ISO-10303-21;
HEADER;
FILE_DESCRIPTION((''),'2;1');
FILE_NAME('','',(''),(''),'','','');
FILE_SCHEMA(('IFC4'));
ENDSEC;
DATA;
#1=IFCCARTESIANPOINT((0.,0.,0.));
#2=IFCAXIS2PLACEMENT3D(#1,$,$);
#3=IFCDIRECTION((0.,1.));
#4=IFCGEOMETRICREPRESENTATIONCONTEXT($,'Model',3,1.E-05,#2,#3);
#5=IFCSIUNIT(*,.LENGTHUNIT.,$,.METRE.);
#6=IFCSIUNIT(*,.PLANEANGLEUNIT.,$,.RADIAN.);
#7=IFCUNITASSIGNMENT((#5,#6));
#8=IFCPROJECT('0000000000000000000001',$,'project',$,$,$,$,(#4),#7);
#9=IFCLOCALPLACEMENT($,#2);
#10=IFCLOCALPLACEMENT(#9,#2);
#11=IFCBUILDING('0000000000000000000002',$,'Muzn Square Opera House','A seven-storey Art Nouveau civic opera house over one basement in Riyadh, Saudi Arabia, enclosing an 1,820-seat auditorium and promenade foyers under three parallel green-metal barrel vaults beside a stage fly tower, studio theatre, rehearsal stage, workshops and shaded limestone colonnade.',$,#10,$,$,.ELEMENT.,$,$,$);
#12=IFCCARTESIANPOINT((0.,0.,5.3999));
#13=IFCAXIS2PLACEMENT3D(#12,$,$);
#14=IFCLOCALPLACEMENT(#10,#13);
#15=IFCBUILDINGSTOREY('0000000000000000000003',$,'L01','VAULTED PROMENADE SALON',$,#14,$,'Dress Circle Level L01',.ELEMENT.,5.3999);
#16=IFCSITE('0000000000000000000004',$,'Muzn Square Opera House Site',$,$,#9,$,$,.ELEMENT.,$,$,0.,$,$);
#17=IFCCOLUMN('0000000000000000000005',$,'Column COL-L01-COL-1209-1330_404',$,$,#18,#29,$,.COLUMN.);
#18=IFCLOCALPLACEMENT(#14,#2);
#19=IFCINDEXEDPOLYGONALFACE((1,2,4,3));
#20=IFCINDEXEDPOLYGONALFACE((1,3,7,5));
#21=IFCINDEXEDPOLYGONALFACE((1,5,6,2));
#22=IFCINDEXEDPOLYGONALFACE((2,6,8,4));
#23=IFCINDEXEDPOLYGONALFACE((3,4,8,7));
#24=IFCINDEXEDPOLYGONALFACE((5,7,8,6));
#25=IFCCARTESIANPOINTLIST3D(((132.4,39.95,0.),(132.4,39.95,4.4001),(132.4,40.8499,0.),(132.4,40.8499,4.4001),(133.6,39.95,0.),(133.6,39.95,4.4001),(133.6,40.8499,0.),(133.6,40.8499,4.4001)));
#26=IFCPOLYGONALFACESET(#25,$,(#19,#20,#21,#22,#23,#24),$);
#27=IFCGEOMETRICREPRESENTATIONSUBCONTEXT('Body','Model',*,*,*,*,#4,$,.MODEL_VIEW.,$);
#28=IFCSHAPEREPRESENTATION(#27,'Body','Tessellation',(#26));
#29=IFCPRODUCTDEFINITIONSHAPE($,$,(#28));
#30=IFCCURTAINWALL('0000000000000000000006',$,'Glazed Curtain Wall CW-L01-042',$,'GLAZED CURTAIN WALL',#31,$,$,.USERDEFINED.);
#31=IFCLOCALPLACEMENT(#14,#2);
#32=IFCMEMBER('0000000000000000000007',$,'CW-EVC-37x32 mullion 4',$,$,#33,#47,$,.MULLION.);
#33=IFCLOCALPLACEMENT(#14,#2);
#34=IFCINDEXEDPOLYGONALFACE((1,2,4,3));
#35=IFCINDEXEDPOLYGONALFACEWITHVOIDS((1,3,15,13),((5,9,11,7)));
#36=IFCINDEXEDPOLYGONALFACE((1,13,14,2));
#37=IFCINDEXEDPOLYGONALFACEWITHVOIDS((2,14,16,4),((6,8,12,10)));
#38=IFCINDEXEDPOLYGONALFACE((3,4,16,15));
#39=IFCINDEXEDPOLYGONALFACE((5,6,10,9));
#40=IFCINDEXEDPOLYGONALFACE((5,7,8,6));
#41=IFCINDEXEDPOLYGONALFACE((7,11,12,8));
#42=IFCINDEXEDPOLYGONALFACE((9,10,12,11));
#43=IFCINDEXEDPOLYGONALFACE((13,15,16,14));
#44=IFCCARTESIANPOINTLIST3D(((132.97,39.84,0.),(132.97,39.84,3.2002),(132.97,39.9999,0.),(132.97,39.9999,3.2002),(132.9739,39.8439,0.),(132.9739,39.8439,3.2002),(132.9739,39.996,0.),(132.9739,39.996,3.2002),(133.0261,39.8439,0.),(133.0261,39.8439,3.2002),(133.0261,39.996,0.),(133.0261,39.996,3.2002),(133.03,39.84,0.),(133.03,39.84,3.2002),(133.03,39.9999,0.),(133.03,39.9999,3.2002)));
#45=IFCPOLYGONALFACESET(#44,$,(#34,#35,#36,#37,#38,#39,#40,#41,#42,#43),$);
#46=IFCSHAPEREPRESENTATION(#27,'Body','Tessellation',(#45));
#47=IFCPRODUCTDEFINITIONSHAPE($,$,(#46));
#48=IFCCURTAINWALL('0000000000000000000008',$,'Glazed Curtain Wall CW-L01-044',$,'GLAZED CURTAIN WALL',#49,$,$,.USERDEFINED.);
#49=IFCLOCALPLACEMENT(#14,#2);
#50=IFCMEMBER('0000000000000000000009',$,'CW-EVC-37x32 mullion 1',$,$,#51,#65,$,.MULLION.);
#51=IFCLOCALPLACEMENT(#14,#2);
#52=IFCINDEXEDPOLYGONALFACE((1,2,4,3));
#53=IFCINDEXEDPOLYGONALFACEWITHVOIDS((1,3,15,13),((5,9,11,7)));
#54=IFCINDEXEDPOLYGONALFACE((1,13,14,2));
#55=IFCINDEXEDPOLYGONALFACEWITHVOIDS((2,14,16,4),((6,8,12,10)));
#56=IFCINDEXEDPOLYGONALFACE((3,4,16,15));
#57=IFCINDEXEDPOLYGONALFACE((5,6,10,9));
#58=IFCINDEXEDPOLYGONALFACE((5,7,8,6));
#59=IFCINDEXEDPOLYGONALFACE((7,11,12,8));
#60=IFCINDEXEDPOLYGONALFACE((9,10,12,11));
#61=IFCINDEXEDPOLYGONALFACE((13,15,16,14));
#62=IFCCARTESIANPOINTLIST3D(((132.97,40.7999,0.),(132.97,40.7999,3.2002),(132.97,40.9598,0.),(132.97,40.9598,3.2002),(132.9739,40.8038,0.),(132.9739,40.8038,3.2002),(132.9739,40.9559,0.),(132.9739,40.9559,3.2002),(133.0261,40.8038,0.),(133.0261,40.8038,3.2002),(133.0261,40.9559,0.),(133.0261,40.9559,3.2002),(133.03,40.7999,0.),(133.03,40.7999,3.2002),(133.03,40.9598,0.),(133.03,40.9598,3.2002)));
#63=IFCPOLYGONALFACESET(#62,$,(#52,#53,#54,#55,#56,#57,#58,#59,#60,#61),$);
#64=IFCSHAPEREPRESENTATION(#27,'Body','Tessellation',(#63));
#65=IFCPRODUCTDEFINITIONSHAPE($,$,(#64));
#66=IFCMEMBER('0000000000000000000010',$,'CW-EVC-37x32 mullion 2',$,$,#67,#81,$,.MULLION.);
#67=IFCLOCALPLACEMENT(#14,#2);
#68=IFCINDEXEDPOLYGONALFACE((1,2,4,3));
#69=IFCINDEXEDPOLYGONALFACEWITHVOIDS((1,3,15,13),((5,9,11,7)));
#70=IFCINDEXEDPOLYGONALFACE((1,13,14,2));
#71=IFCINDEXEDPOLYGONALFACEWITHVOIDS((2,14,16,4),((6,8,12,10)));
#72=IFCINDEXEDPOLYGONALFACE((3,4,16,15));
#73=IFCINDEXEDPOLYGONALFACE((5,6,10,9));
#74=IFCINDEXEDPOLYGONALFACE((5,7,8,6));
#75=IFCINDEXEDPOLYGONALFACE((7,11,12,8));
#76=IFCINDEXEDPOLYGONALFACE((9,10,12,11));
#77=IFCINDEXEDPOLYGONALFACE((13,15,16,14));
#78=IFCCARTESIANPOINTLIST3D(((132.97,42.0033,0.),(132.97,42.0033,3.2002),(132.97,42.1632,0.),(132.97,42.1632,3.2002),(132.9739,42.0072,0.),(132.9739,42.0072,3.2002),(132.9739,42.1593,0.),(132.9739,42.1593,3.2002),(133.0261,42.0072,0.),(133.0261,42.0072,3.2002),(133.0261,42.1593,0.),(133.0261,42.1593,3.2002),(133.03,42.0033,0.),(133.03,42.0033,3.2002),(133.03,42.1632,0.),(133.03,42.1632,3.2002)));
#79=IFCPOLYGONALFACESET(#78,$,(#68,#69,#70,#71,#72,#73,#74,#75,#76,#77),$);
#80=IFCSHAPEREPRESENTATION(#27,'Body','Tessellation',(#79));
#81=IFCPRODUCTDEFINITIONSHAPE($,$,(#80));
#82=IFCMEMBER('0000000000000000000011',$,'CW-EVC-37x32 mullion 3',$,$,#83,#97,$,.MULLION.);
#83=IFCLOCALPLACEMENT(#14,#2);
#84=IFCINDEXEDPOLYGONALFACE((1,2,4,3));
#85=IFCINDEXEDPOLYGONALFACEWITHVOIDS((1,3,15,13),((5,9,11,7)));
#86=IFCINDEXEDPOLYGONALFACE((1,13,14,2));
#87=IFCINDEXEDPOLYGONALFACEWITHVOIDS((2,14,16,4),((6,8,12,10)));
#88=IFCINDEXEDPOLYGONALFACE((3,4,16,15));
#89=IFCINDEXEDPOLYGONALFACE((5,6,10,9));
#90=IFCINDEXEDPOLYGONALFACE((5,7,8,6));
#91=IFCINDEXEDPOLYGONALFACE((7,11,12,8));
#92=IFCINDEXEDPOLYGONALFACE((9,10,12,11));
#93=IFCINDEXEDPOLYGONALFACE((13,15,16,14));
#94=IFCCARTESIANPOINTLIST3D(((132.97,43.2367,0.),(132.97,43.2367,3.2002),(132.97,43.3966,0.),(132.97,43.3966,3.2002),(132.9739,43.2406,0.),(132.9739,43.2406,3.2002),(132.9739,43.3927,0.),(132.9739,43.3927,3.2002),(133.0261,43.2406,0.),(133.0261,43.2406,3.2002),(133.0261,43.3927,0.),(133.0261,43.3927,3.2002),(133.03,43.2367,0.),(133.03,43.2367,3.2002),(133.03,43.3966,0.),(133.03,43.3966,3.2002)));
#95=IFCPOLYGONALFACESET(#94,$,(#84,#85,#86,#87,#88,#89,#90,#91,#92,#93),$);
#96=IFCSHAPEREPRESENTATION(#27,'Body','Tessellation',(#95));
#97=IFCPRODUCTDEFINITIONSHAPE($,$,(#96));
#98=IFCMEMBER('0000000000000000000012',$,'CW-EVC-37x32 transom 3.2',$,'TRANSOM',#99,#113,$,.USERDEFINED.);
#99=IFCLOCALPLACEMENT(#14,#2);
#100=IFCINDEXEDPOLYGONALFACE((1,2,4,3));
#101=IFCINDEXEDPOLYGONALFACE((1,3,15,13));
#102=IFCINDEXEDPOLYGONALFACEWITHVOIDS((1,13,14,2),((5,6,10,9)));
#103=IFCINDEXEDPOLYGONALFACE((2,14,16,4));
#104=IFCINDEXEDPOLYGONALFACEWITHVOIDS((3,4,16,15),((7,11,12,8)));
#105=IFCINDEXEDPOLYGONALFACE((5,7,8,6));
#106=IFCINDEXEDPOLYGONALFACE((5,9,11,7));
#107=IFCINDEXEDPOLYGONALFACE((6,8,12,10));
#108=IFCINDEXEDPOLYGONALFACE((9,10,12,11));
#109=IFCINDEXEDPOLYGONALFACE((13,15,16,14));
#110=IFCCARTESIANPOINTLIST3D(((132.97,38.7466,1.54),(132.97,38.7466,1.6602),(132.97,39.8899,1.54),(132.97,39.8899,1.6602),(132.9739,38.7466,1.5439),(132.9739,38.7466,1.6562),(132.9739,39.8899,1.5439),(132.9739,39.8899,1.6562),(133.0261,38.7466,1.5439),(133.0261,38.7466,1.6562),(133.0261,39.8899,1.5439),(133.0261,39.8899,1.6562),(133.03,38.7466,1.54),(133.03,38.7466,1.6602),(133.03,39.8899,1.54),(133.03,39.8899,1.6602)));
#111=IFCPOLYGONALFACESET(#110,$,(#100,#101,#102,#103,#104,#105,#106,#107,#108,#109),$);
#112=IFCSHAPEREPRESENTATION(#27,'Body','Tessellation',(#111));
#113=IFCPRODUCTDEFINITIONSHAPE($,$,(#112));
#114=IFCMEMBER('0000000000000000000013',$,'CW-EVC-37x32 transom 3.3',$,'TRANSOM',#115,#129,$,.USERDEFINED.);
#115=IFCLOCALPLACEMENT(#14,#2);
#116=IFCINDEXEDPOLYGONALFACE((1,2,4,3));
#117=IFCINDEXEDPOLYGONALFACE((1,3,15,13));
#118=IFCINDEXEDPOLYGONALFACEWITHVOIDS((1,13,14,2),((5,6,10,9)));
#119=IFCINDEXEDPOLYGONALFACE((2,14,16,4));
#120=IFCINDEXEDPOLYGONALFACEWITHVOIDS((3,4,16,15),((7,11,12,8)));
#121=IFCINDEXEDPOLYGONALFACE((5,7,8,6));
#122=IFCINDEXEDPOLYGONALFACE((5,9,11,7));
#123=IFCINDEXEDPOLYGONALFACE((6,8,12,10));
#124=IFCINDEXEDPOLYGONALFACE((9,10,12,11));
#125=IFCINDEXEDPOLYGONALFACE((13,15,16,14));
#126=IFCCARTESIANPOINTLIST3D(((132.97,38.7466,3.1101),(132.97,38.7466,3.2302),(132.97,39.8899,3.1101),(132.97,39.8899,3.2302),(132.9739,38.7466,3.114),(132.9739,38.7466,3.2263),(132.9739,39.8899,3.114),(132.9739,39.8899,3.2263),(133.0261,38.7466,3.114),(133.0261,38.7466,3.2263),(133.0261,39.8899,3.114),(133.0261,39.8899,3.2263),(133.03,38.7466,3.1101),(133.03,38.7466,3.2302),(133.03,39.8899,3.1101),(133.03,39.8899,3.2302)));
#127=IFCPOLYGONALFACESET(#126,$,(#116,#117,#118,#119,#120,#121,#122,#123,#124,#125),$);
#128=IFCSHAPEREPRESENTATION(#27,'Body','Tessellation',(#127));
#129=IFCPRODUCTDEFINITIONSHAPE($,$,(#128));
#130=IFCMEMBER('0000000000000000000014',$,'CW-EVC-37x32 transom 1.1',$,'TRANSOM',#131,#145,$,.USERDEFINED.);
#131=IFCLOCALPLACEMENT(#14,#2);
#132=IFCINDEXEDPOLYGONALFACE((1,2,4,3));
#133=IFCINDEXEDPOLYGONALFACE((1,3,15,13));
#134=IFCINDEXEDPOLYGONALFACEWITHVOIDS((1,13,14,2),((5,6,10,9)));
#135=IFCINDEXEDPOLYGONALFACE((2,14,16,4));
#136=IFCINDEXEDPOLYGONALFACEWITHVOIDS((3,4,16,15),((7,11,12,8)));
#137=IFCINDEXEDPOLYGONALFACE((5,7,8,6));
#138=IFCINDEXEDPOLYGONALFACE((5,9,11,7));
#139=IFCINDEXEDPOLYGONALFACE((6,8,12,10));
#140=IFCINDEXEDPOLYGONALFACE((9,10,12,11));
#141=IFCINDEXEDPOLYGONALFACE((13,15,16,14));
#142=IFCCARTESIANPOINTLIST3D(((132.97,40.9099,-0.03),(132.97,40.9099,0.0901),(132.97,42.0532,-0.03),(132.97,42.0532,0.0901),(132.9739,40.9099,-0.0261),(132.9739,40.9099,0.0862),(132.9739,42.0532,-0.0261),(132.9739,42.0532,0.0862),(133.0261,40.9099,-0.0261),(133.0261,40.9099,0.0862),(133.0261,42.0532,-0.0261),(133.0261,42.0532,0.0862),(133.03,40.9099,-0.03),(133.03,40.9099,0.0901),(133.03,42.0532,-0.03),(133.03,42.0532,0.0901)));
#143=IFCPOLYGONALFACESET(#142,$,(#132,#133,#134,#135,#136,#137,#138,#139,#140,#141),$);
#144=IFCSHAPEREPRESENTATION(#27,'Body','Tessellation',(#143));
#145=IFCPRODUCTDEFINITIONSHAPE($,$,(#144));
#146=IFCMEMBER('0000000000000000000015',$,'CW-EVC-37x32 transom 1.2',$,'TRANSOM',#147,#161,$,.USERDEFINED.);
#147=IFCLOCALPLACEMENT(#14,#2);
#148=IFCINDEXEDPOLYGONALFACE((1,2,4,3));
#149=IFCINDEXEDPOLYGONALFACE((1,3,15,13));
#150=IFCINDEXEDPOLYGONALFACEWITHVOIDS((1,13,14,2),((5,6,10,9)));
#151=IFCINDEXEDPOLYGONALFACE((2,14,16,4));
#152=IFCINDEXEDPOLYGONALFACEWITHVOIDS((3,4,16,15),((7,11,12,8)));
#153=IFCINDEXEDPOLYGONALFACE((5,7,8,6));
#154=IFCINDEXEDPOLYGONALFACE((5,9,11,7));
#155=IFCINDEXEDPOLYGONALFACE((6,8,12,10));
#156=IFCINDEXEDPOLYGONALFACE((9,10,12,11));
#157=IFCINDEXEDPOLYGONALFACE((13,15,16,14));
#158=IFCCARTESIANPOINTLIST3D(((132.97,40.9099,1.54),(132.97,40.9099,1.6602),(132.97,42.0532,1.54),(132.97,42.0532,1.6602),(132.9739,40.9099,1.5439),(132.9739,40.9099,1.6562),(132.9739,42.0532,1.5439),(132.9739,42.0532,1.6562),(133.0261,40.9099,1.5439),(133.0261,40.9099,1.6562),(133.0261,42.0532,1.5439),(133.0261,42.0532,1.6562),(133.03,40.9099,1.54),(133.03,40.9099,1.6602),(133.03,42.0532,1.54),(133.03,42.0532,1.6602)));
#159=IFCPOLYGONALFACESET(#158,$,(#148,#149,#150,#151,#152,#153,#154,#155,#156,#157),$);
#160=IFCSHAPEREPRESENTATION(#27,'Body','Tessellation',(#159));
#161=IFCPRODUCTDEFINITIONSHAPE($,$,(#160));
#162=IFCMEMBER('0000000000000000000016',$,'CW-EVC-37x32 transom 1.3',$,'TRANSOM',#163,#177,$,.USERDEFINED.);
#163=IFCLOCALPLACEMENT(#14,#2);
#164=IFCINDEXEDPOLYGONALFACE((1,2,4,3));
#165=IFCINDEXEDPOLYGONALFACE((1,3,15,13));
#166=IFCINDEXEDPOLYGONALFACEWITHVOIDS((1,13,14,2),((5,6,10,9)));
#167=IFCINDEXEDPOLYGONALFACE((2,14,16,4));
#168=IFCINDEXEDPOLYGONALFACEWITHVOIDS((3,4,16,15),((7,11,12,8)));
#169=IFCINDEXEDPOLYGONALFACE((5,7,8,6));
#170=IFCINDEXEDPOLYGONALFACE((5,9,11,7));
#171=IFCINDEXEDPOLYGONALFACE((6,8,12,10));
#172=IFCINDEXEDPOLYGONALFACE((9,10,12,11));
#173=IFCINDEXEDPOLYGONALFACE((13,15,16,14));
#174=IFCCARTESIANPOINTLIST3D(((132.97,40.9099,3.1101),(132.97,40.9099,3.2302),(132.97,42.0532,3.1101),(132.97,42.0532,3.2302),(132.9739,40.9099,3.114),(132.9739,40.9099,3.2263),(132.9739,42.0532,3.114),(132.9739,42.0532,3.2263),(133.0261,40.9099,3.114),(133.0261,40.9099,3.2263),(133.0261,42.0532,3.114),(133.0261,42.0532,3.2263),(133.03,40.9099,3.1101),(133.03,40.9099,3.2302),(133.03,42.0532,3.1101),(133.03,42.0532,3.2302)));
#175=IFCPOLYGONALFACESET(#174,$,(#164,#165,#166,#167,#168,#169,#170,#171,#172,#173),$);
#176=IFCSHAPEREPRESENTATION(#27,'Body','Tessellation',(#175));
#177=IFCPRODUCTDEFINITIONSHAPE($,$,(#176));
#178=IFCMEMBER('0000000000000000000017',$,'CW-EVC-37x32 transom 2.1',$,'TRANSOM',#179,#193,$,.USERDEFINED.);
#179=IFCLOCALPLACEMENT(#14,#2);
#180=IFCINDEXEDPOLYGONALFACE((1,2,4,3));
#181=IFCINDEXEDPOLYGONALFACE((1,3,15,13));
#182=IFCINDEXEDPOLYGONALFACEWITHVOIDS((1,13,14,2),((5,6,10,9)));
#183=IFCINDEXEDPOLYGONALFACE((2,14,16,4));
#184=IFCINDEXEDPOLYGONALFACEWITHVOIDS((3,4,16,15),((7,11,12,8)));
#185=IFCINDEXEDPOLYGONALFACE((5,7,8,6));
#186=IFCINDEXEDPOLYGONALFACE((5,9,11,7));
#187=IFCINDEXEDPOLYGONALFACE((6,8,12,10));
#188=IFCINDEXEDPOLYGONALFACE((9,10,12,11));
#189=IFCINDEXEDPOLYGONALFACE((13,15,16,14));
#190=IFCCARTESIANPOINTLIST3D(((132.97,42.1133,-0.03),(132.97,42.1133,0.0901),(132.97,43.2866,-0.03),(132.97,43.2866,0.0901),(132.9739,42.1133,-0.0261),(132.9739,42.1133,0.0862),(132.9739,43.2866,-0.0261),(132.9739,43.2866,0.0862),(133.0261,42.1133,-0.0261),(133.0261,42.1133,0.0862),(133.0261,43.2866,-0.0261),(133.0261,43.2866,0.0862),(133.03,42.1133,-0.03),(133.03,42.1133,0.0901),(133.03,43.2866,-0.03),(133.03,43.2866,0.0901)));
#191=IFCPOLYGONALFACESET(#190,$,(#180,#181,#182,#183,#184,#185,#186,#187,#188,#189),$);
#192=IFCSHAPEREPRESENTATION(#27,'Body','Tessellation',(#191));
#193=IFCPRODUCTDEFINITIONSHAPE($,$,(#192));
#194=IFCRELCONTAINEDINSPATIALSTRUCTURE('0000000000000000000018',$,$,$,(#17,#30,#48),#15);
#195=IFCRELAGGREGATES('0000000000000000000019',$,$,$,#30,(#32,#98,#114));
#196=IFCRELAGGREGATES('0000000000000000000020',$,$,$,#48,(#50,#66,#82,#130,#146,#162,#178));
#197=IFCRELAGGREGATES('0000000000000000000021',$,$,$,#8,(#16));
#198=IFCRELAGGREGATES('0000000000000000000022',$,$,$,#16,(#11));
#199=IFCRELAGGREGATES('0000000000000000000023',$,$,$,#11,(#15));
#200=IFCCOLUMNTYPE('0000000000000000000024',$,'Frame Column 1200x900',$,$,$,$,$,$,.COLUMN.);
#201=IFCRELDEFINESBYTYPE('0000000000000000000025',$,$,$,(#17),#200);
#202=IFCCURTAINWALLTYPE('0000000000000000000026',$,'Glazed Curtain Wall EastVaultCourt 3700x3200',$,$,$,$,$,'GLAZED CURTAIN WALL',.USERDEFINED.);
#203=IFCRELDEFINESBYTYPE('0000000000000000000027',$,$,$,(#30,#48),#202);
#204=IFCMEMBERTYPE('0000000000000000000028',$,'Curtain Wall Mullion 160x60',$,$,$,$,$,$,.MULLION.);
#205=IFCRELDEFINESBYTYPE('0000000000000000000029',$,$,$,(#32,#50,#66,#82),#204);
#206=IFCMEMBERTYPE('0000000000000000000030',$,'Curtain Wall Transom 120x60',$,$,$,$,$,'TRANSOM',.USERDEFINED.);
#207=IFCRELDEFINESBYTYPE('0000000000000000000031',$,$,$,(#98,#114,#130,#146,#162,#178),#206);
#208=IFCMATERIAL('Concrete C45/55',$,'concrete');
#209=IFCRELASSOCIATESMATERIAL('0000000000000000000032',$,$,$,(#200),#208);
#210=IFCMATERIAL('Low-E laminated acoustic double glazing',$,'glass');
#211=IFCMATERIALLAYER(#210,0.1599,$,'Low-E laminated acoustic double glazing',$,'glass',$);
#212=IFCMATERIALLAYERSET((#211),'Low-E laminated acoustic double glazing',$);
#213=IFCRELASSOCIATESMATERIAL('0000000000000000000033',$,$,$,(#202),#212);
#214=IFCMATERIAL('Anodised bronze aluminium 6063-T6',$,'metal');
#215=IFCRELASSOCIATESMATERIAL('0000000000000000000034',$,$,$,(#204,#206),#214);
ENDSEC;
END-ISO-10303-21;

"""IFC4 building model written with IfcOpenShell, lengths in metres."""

from ifc_helpers import new_model, si_unit, direction, frame, origin, origin_2d, place, context, subcontext, project, spatial, rectangle, hollow_rectangle, extrude, material, layer, layer_set, material_profile, profile_set, type_object, element, aggregate, save


model = new_model("IFC4")

# Units and contexts
model_context = context("Model", 3, precision=1e-05, world=origin(), true_north=direction((0.0, 1.0)))
body_context = subcontext(model_context, "Body", "Model", "MODEL_VIEW")
ifc_project = project(units=[si_unit("LENGTHUNIT", "METRE"), si_unit("PLANEANGLEUNIT", "RADIAN")], contexts=[model_context])

# Site, building, storey
site_placement = place(None, origin())
site = spatial("IfcSite", under=ifc_project, at=site_placement, Name="Muzn Square Opera House Site", CompositionType="ELEMENT", RefElevation=0.0)
building_placement = place(site_placement, origin())
building = spatial("IfcBuilding", under=site, at=building_placement, Name="Muzn Square Opera House", Description="A seven-storey Art Nouveau civic opera house over one basement in Riyadh, Saudi Arabia, enclosing an 1,820-seat auditorium and promenade foyers under three parallel green-metal barrel vaults beside a stage fly tower, studio theatre, rehearsal stage, workshops and shaded limestone colonnade.", CompositionType="ELEMENT")
storey_placement = place(building_placement, frame((0.0, 0.0, 5.3999)))
storey = spatial("IfcBuildingStorey", under=building, at=storey_placement, Name="L01", Description="VAULTED PROMENADE SALON", LongName="Dress Circle Level L01", CompositionType="ELEMENT", Elevation=5.3999)

# Column
ifc_material_1 = material(Name="Concrete C45/55", Category="concrete")
ifc_material_profile_1 = material_profile(ifc_material_1, rectangle(XDim=1.2, YDim=0.8999, at=origin_2d()), Name="RC 1200x900", Category="concrete")
ifc_profile_set_1 = profile_set([ifc_material_profile_1], Name="Concrete C45/55")
column_type = type_object("IfcColumnType", Name="Frame Column 1200x900", PredefinedType="COLUMN", material=ifc_profile_set_1)
column_placement = place(storey_placement, frame((133.0, 40.3999, 0.0), z_axis=(0.0, 0.0, 1.0), x_axis=(1.0, 0.0, 0.0)))
element("IfcColumn", 1, at=column_placement, inside=storey, type_object=column_type, Name="Column COL-L01-COL-1209-1330_404", PredefinedType="COLUMN", context=body_context, shape_type="SweptSolid", body=[
    extrude(rectangle(XDim=1.2, YDim=0.8999, at=origin_2d()), origin(), (0.0, 0.0, 1.0), 4.4001),
])

# Curtain wall, member
ifc_material_2 = material(Name="Low-E laminated acoustic double glazing", Category="glass")
ifc_layer_1 = layer(ifc_material_2, 0.1599, Name="Low-E laminated acoustic double glazing", Category="glass")
ifc_layer_set_1 = layer_set([ifc_layer_1], Name="Low-E laminated acoustic double glazing")
curtain_wall_type = type_object("IfcCurtainWallType", Name="Glazed Curtain Wall EastVaultCourt 3700x3200", ElementType="GLAZED CURTAIN WALL", PredefinedType="USERDEFINED", material=ifc_layer_set_1)
curtain_wall_1_placement = place(storey_placement, origin())
curtain_wall_1 = element("IfcCurtainWall", 2, at=curtain_wall_1_placement, inside=storey, type_object=curtain_wall_type, Name="Glazed Curtain Wall CW-L01-042", ObjectType="GLAZED CURTAIN WALL", PredefinedType="USERDEFINED")
ifc_material_3 = material(Name="Anodised bronze aluminium 6063-T6", Category="metal")
ifc_material_profile_2 = material_profile(ifc_material_3, hollow_rectangle(XDim=0.0601, YDim=0.1599, WallThickness=0.0039, at=origin_2d()), Name="ALU 160x60x4", Category="metal")
ifc_profile_set_2 = profile_set([ifc_material_profile_2], Name="Anodised bronze aluminium 6063-T6")
member_type_1 = type_object("IfcMemberType", Name="Curtain Wall Mullion 160x60", PredefinedType="MULLION", material=ifc_profile_set_2)
member_1_placement = place(storey_placement, frame((133.0, 39.9199, 0.0), z_axis=(0.0, 0.0, 1.0), x_axis=(-1.0, 0.0, 0.0)))
member_1 = element("IfcMember", 3, at=member_1_placement, type_object=member_type_1, Name="CW-EVC-37x32 mullion 4", PredefinedType="MULLION", context=body_context, shape_type="SweptSolid", body=[
    extrude(hollow_rectangle(XDim=0.0601, YDim=0.1599, WallThickness=0.0039, at=origin_2d()), origin(), (0.0, 0.0, 1.0), 3.2002),
])

# Curtain wall, members
curtain_wall_2_placement = place(storey_placement, origin())
curtain_wall_2 = element("IfcCurtainWall", 4, at=curtain_wall_2_placement, inside=storey, type_object=curtain_wall_type, Name="Glazed Curtain Wall CW-L01-044", ObjectType="GLAZED CURTAIN WALL", PredefinedType="USERDEFINED")
member_2_placement = place(storey_placement, frame((133.0, 40.8799, 0.0), z_axis=(0.0, 0.0, 1.0), x_axis=(-1.0, 0.0, 0.0)))
member_2 = element("IfcMember", 5, at=member_2_placement, type_object=member_type_1, Name="CW-EVC-37x32 mullion 1", PredefinedType="MULLION", context=body_context, shape_type="SweptSolid", body=[
    extrude(hollow_rectangle(XDim=0.0601, YDim=0.1599, WallThickness=0.0039, at=origin_2d()), origin(), (0.0, 0.0, 1.0), 3.2002),
])
member_3_placement = place(storey_placement, frame((133.0, 42.0833, 0.0), z_axis=(0.0, 0.0, 1.0), x_axis=(-1.0, 0.0, 0.0)))
member_3 = element("IfcMember", 6, at=member_3_placement, type_object=member_type_1, Name="CW-EVC-37x32 mullion 2", PredefinedType="MULLION", context=body_context, shape_type="SweptSolid", body=[
    extrude(hollow_rectangle(XDim=0.0601, YDim=0.1599, WallThickness=0.0039, at=origin_2d()), origin(), (0.0, 0.0, 1.0), 3.2002),
])
member_4_placement = place(storey_placement, frame((133.0, 43.3167, 0.0), z_axis=(0.0, 0.0, 1.0), x_axis=(-1.0, 0.0, 0.0)))
member_4 = element("IfcMember", 7, at=member_4_placement, type_object=member_type_1, Name="CW-EVC-37x32 mullion 3", PredefinedType="MULLION", context=body_context, shape_type="SweptSolid", body=[
    extrude(hollow_rectangle(XDim=0.0601, YDim=0.1599, WallThickness=0.0039, at=origin_2d()), origin(), (0.0, 0.0, 1.0), 3.2002),
])

# Members
ifc_material_profile_3 = material_profile(ifc_material_3, hollow_rectangle(XDim=0.0601, YDim=0.1201, WallThickness=0.0039, at=origin_2d()), Name="ALU 120x60x4", Category="metal")
ifc_profile_set_3 = profile_set([ifc_material_profile_3], Name="Anodised bronze aluminium 6063-T6")
member_type_2 = type_object("IfcMemberType", Name="Curtain Wall Transom 120x60", ElementType="TRANSOM", PredefinedType="USERDEFINED", material=ifc_profile_set_3)
member_5_placement = place(storey_placement, frame((133.0, 38.7466, 1.6001), z_axis=(0.0, 1.0, 0.0), x_axis=(-1.0, 0.0, 0.0)))
member_5 = element("IfcMember", 8, at=member_5_placement, type_object=member_type_2, Name="CW-EVC-37x32 transom 3.2", ObjectType="TRANSOM", PredefinedType="USERDEFINED", context=body_context, shape_type="SweptSolid", body=[
    extrude(hollow_rectangle(XDim=0.0601, YDim=0.1201, WallThickness=0.0039, at=origin_2d()), origin(), (0.0, 0.0, 1.0), 1.1433),
])
member_6_placement = place(storey_placement, frame((133.0, 38.7466, 3.1702), z_axis=(0.0, 1.0, 0.0), x_axis=(-1.0, 0.0, 0.0)))
member_6 = element("IfcMember", 9, at=member_6_placement, type_object=member_type_2, Name="CW-EVC-37x32 transom 3.3", ObjectType="TRANSOM", PredefinedType="USERDEFINED", context=body_context, shape_type="SweptSolid", body=[
    extrude(hollow_rectangle(XDim=0.0601, YDim=0.1201, WallThickness=0.0039, at=origin_2d()), origin(), (0.0, 0.0, 1.0), 1.1433),
])
member_7_placement = place(storey_placement, frame((133.0, 40.9099, 0.03), z_axis=(0.0, 1.0, 0.0), x_axis=(-1.0, 0.0, 0.0)))
member_7 = element("IfcMember", 10, at=member_7_placement, type_object=member_type_2, Name="CW-EVC-37x32 transom 1.1", ObjectType="TRANSOM", PredefinedType="USERDEFINED", context=body_context, shape_type="SweptSolid", body=[
    extrude(hollow_rectangle(XDim=0.0601, YDim=0.1201, WallThickness=0.0039, at=origin_2d()), origin(), (0.0, 0.0, 1.0), 1.1433),
])
member_8_placement = place(storey_placement, frame((133.0, 40.9099, 1.6001), z_axis=(0.0, 1.0, 0.0), x_axis=(-1.0, 0.0, 0.0)))
member_8 = element("IfcMember", 11, at=member_8_placement, type_object=member_type_2, Name="CW-EVC-37x32 transom 1.2", ObjectType="TRANSOM", PredefinedType="USERDEFINED", context=body_context, shape_type="SweptSolid", body=[
    extrude(hollow_rectangle(XDim=0.0601, YDim=0.1201, WallThickness=0.0039, at=origin_2d()), origin(), (0.0, 0.0, 1.0), 1.1433),
])
member_9_placement = place(storey_placement, frame((133.0, 40.9099, 3.1702), z_axis=(0.0, 1.0, 0.0), x_axis=(-1.0, 0.0, 0.0)))
member_9 = element("IfcMember", 12, at=member_9_placement, type_object=member_type_2, Name="CW-EVC-37x32 transom 1.3", ObjectType="TRANSOM", PredefinedType="USERDEFINED", context=body_context, shape_type="SweptSolid", body=[
    extrude(hollow_rectangle(XDim=0.0601, YDim=0.1201, WallThickness=0.0039, at=origin_2d()), origin(), (0.0, 0.0, 1.0), 1.1433),
])
member_10_placement = place(storey_placement, frame((133.0, 42.1133, 0.03), z_axis=(0.0, 1.0, 0.0), x_axis=(-1.0, 0.0, 0.0)))
member_10 = element("IfcMember", 13, at=member_10_placement, type_object=member_type_2, Name="CW-EVC-37x32 transom 2.1", ObjectType="TRANSOM", PredefinedType="USERDEFINED", context=body_context, shape_type="SweptSolid", body=[
    extrude(hollow_rectangle(XDim=0.0601, YDim=0.1201, WallThickness=0.0039, at=origin_2d()), origin(), (0.0, 0.0, 1.0), 1.1733),
])

aggregate(curtain_wall_1, [member_1, member_5, member_6])
aggregate(curtain_wall_2, [member_2, member_3, member_4, member_7, member_8, member_9, member_10])

save(model, "model.ifc")
